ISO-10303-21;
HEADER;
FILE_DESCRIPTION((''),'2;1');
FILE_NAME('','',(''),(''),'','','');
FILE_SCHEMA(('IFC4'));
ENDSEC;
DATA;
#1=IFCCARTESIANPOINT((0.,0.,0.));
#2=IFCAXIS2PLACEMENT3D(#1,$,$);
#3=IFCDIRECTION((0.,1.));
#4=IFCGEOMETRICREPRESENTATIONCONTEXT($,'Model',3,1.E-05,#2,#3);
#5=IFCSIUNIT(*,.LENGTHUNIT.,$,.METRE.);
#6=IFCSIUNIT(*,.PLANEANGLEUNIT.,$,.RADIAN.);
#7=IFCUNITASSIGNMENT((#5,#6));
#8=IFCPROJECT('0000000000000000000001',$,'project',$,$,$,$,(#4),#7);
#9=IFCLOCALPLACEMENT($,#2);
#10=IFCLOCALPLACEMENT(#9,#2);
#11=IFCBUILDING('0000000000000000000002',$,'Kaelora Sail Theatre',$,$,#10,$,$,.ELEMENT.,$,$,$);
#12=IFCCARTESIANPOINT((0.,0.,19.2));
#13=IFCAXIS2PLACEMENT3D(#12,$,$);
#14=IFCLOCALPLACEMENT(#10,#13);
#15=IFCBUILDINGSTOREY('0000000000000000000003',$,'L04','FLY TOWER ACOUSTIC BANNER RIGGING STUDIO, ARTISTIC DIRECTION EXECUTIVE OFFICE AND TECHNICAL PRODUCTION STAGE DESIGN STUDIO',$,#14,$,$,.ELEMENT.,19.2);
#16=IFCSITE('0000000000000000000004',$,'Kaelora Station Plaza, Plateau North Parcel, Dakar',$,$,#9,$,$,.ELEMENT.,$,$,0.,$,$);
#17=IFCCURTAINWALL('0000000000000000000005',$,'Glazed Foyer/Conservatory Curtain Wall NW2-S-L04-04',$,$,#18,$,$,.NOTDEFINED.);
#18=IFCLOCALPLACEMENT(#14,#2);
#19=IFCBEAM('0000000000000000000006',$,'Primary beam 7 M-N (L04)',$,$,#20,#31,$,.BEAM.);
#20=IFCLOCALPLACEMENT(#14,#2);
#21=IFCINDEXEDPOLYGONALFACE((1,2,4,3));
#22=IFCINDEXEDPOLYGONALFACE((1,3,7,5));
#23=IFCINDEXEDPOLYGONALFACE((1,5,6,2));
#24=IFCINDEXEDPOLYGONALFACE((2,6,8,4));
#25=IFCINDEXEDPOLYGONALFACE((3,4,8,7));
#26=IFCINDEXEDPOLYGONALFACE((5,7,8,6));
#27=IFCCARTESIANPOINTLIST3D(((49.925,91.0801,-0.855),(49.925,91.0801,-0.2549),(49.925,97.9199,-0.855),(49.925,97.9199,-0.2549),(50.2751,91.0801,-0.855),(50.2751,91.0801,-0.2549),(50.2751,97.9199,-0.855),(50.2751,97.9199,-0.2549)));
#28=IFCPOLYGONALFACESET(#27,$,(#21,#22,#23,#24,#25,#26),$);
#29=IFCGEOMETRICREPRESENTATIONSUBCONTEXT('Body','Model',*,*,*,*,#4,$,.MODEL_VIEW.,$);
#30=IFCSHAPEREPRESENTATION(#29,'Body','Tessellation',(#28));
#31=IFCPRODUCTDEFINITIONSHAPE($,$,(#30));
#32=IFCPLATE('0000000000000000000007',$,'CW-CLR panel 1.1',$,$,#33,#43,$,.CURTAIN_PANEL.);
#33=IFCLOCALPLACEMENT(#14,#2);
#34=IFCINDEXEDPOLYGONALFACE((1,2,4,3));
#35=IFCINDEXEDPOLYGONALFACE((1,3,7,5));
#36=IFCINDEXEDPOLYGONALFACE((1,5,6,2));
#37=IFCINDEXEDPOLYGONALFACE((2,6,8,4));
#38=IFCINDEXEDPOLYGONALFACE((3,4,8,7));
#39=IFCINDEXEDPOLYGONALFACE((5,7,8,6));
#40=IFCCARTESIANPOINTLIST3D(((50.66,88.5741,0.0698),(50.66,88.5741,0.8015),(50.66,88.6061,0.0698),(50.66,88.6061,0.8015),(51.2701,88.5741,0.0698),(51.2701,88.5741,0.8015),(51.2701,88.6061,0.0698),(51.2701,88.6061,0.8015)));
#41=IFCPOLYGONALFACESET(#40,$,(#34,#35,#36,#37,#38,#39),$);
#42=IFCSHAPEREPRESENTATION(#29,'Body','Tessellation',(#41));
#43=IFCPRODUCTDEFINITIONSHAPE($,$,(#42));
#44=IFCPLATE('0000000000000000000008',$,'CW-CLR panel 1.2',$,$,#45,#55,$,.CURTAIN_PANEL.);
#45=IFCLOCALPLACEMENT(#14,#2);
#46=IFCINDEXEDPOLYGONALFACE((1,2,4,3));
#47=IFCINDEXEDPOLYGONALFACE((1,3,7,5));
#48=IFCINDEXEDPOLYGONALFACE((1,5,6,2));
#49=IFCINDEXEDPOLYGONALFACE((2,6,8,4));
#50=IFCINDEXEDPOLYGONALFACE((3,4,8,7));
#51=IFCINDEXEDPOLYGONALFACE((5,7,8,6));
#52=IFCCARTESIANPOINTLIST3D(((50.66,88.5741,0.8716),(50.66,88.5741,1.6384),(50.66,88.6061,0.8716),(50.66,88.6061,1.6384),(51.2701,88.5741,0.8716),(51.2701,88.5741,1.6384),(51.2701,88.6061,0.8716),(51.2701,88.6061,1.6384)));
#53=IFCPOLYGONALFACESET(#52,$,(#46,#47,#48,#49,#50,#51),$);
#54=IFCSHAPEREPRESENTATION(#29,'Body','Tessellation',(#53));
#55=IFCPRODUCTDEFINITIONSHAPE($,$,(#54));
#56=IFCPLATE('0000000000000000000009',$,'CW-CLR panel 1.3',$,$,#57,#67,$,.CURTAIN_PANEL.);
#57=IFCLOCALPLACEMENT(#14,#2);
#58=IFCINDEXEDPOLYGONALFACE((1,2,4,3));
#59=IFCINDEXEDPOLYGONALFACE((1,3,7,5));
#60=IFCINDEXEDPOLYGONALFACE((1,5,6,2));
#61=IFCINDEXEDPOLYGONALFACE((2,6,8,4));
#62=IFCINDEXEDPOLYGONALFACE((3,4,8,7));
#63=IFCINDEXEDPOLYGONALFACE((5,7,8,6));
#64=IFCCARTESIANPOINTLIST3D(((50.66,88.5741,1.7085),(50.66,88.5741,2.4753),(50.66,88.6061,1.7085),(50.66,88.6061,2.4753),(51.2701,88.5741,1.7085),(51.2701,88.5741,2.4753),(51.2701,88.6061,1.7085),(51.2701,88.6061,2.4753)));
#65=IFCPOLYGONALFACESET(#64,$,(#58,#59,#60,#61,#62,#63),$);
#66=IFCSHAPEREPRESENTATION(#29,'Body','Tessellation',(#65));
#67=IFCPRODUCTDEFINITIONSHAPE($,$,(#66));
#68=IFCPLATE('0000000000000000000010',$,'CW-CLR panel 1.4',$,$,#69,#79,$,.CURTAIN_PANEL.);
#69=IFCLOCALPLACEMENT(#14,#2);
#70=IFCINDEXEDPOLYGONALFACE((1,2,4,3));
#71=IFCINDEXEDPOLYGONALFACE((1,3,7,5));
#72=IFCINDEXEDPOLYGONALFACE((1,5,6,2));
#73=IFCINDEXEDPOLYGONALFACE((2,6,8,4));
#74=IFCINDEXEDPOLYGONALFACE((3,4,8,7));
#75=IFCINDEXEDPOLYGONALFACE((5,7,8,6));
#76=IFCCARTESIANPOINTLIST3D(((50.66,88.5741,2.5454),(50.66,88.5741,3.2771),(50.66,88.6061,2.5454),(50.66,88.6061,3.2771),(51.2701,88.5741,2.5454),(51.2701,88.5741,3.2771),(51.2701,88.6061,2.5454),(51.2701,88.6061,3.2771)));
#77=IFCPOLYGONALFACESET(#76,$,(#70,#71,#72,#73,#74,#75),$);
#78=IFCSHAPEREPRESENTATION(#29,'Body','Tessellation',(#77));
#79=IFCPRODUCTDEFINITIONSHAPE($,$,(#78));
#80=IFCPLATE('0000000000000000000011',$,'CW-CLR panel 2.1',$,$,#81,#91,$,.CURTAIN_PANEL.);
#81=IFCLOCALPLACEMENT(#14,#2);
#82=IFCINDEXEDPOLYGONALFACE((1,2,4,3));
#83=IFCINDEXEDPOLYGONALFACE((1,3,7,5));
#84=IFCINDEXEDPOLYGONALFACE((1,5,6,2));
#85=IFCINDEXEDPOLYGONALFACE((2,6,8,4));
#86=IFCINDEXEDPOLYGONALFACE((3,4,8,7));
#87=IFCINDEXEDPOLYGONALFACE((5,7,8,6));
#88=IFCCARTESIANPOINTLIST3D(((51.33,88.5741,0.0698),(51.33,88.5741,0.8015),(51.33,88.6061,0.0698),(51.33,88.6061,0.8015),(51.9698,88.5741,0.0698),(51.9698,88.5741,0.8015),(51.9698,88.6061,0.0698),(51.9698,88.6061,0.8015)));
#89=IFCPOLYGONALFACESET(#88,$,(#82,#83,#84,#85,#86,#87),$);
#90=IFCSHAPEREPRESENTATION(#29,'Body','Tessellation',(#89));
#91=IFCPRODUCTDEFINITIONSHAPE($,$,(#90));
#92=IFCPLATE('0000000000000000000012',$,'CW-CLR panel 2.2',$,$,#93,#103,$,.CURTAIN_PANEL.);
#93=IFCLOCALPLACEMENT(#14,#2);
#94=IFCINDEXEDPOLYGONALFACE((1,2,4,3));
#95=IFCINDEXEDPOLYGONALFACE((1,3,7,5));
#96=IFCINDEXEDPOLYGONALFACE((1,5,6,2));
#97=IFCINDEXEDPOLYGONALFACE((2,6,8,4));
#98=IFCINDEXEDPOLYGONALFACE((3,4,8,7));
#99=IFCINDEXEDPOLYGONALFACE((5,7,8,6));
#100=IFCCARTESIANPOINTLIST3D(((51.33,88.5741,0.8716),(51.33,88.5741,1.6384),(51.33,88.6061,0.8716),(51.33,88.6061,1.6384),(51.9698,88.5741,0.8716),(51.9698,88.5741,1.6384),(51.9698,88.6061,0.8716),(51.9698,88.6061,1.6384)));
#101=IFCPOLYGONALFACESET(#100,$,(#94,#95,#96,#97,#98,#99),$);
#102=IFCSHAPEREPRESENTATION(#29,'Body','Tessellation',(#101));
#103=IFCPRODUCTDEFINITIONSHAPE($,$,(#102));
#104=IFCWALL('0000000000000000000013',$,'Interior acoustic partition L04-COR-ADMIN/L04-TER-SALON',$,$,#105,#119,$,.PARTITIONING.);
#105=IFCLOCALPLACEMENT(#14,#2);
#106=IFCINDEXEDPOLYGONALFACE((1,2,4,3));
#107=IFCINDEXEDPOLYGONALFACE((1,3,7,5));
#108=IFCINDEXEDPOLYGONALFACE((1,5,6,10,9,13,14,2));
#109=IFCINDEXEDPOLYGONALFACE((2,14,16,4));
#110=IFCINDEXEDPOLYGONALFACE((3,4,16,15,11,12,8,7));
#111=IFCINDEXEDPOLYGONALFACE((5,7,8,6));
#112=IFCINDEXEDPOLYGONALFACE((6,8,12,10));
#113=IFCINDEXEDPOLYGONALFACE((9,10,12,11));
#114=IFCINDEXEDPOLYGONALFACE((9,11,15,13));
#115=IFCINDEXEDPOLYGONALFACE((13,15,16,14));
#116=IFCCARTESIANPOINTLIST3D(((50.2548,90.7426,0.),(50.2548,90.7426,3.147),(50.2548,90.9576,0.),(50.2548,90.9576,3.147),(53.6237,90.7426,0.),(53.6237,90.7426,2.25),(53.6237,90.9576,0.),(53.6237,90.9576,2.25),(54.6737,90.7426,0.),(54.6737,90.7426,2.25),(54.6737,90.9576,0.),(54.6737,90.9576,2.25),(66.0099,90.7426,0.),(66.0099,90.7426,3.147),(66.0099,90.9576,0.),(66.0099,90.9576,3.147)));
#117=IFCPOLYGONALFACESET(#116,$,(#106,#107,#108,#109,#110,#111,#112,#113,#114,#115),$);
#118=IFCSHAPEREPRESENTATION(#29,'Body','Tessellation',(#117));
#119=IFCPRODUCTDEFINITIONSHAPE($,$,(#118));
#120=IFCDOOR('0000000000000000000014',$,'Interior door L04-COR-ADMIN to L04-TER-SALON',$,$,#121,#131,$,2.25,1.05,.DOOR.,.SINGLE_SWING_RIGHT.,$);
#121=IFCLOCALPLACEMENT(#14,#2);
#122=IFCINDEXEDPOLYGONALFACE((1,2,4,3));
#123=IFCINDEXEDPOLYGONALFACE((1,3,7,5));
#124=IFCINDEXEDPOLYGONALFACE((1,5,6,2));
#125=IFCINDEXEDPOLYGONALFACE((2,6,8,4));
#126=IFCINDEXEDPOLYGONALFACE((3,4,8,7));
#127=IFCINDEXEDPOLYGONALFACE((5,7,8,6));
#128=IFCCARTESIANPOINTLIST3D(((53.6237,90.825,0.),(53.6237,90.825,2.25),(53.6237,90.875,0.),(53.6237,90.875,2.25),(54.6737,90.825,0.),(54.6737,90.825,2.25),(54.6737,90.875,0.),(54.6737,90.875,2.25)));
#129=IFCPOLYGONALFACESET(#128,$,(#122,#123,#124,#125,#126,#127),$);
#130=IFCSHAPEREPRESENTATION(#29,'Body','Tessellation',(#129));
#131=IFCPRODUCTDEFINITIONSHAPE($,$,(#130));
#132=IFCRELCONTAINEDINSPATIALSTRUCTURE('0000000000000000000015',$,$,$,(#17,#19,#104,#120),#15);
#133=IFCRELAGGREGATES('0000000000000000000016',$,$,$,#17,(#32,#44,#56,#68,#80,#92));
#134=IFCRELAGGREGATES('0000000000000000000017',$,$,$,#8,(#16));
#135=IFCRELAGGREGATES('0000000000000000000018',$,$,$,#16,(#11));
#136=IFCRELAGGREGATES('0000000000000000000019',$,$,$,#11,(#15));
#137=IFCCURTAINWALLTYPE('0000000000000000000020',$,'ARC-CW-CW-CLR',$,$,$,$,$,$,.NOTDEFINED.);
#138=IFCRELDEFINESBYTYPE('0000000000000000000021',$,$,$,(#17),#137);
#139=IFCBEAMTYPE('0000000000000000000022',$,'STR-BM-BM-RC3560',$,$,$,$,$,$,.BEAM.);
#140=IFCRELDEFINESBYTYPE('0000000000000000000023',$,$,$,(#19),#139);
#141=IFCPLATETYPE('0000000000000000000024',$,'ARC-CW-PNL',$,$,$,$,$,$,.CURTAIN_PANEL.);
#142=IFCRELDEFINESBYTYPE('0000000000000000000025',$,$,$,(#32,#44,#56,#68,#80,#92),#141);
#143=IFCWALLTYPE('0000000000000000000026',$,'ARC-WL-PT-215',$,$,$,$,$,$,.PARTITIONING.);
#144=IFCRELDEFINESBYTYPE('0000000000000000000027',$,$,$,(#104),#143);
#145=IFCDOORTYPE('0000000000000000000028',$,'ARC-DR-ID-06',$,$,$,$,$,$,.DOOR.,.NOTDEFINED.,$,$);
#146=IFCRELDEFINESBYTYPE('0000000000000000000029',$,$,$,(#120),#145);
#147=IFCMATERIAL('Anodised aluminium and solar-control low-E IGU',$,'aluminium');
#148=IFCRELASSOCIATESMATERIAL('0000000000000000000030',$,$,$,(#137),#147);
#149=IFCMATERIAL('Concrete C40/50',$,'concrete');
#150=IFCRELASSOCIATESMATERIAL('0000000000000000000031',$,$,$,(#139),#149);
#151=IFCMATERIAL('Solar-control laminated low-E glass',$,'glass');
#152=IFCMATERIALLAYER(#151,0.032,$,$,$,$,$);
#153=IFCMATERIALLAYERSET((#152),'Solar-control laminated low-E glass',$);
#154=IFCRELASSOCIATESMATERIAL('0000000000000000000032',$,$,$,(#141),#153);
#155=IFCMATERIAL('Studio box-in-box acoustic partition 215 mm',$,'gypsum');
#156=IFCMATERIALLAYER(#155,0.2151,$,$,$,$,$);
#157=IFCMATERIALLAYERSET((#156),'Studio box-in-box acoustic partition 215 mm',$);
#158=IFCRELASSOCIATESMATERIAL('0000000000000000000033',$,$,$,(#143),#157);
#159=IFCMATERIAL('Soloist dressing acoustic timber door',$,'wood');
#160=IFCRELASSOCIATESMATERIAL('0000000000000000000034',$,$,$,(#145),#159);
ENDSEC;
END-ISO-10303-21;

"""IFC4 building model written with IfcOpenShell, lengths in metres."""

from ifc_helpers import new_model, si_unit, direction, frame, frame_2d, origin, origin_2d, place, context, subcontext, project, spatial, rectangle, extrude, material, layer, layer_set, material_profile, profile_set, type_object, element, fill, aggregate, save


model = new_model("IFC4")

# Units and contexts
model_context = context("Model", 3, precision=1e-05, world=origin(), true_north=direction((0.0, 1.0)))
body_context = subcontext(model_context, "Body", "Model", "MODEL_VIEW")
ifc_project = project(units=[si_unit("LENGTHUNIT", "METRE"), si_unit("PLANEANGLEUNIT", "RADIAN")], contexts=[model_context])

# Site, building, storey
site_placement = place(None, origin())
site = spatial("IfcSite", under=ifc_project, at=site_placement, Name="Kaelora Station Plaza, Plateau North Parcel, Dakar", CompositionType="ELEMENT", RefElevation=0.0)
building_placement = place(site_placement, origin())
building = spatial("IfcBuilding", under=site, at=building_placement, Name="Kaelora Sail Theatre", CompositionType="ELEMENT")
storey_placement = place(building_placement, frame((0.0, 0.0, 19.2)))
storey = spatial("IfcBuildingStorey", under=building, at=storey_placement, Name="L04", Description="FLY TOWER ACOUSTIC BANNER RIGGING STUDIO, ARTISTIC DIRECTION EXECUTIVE OFFICE AND TECHNICAL PRODUCTION STAGE DESIGN STUDIO", CompositionType="ELEMENT", Elevation=19.2)

# Curtain wall
ifc_material_1 = material(Name="Anodised aluminium and solar-control low-E IGU", Category="aluminium")
curtain_wall_type = type_object("IfcCurtainWallType", Name="ARC-CW-CW-CLR", PredefinedType="NOTDEFINED", material=ifc_material_1)
curtain_wall_placement = place(storey_placement, origin())
curtain_wall = element("IfcCurtainWall", 1, at=curtain_wall_placement, inside=storey, type_object=curtain_wall_type, Name="Glazed Foyer/Conservatory Curtain Wall NW2-S-L04-04", PredefinedType="NOTDEFINED")

# Beam
ifc_material_2 = material(Name="Concrete C40/50", Category="concrete")
ifc_material_profile_1 = material_profile(ifc_material_2, rectangle(XDim=0.3501, YDim=0.6001, at=origin_2d()), Name="RC-BM 350x600")
ifc_profile_set_1 = profile_set([ifc_material_profile_1], Name="Concrete C40/50")
beam_type_1 = type_object("IfcBeamType", Name="STR-BM-BM-RC3560", PredefinedType="BEAM", material=ifc_profile_set_1)
beam_1_placement = place(storey_placement, frame((50.1001, 91.0801, -0.5549), z_axis=(0.0, 1.0, 0.0), x_axis=(-1.0, 0.0, 0.0)))
element("IfcBeam", 2, at=beam_1_placement, inside=storey, type_object=beam_type_1, Name="Primary beam 7 M-N (L04)", PredefinedType="BEAM", context=body_context, shape_type="SweptSolid", body=[
    extrude(rectangle(XDim=0.3501, YDim=0.6001, at=origin_2d()), origin(), (0.0, 0.0, 1.0), 6.8398),
])

# Plates
ifc_material_3 = material(Name="Solar-control laminated low-E glass", Category="glass")
ifc_layer_1 = layer(ifc_material_3, 0.032)
ifc_layer_set_1 = layer_set([ifc_layer_1], Name="Solar-control laminated low-E glass")
plate_type = type_object("IfcPlateType", Name="ARC-CW-PNL", PredefinedType="CURTAIN_PANEL", material=ifc_layer_set_1)
plate_1_placement = place(storey_placement, frame((50.9651, 88.5901, 0.0698), z_axis=(0.0, 0.0, 1.0), x_axis=(1.0, 0.0, 0.0)))
plate_1 = element("IfcPlate", 3, at=plate_1_placement, type_object=plate_type, Name="CW-CLR panel 1.1", PredefinedType="CURTAIN_PANEL", context=body_context, shape_type="SweptSolid", body=[
    extrude(rectangle(XDim=0.6101, YDim=0.032, at=origin_2d()), origin(), (0.0, 0.0, 1.0), 0.7317),
])
plate_2_placement = place(storey_placement, frame((50.9651, 88.5901, 0.8716), z_axis=(0.0, 0.0, 1.0), x_axis=(1.0, 0.0, 0.0)))
plate_2 = element("IfcPlate", 4, at=plate_2_placement, type_object=plate_type, Name="CW-CLR panel 1.2", PredefinedType="CURTAIN_PANEL", context=body_context, shape_type="SweptSolid", body=[
    extrude(rectangle(XDim=0.6101, YDim=0.032, at=origin_2d()), origin(), (0.0, 0.0, 1.0), 0.7668),
])
plate_3_placement = place(storey_placement, frame((50.9651, 88.5901, 1.7085), z_axis=(0.0, 0.0, 1.0), x_axis=(1.0, 0.0, 0.0)))
plate_3 = element("IfcPlate", 5, at=plate_3_placement, type_object=plate_type, Name="CW-CLR panel 1.3", PredefinedType="CURTAIN_PANEL", context=body_context, shape_type="SweptSolid", body=[
    extrude(rectangle(XDim=0.6101, YDim=0.032, at=origin_2d()), origin(), (0.0, 0.0, 1.0), 0.7668),
])
plate_4_placement = place(storey_placement, frame((50.9651, 88.5901, 2.5454), z_axis=(0.0, 0.0, 1.0), x_axis=(1.0, 0.0, 0.0)))
plate_4 = element("IfcPlate", 6, at=plate_4_placement, type_object=plate_type, Name="CW-CLR panel 1.4", PredefinedType="CURTAIN_PANEL", context=body_context, shape_type="SweptSolid", body=[
    extrude(rectangle(XDim=0.6101, YDim=0.032, at=origin_2d()), origin(), (0.0, 0.0, 1.0), 0.7317),
])
plate_5_placement = place(storey_placement, frame((51.6499, 88.5901, 0.0698), z_axis=(0.0, 0.0, 1.0), x_axis=(1.0, 0.0, 0.0)))
plate_5 = element("IfcPlate", 7, at=plate_5_placement, type_object=plate_type, Name="CW-CLR panel 2.1", PredefinedType="CURTAIN_PANEL", context=body_context, shape_type="SweptSolid", body=[
    extrude(rectangle(XDim=0.6399, YDim=0.032, at=origin_2d()), origin(), (0.0, 0.0, 1.0), 0.7317),
])
plate_6_placement = place(storey_placement, frame((51.6499, 88.5901, 0.8716), z_axis=(0.0, 0.0, 1.0), x_axis=(1.0, 0.0, 0.0)))
plate_6 = element("IfcPlate", 8, at=plate_6_placement, type_object=plate_type, Name="CW-CLR panel 2.2", PredefinedType="CURTAIN_PANEL", context=body_context, shape_type="SweptSolid", body=[
    extrude(rectangle(XDim=0.6399, YDim=0.032, at=origin_2d()), origin(), (0.0, 0.0, 1.0), 0.7668),
])
aggregate(curtain_wall, [plate_1, plate_2, plate_3, plate_4, plate_5, plate_6])

# Wall, opening, door
ifc_material_4 = material(Name="Studio box-in-box acoustic partition 215 mm", Category="gypsum")
ifc_layer_2 = layer(ifc_material_4, 0.2151)
ifc_layer_set_2 = layer_set([ifc_layer_2], Name="Studio box-in-box acoustic partition 215 mm")
wall_type = type_object("IfcWallType", Name="ARC-WL-PT-215", PredefinedType="PARTITIONING", material=ifc_layer_set_2)
wall_placement = place(storey_placement, frame((50.2549, 90.8501, 0.0), z_axis=(0.0, 0.0, 1.0), x_axis=(1.0, 0.0, 0.0)))
wall = element("IfcWall", 9, at=wall_placement, inside=storey, type_object=wall_type, Name="Interior acoustic partition L04-COR-ADMIN/L04-TER-SALON", PredefinedType="PARTITIONING", context=body_context, shape_type="SweptSolid", body=[
    extrude(rectangle(XDim=15.7551, YDim=0.2151, at=frame_2d((7.8774, 0.0))), origin(), (0.0, 0.0, 1.0), 3.147),
])
opening_placement = place(wall_placement, frame((3.3689, 0.0, 0.0)))
opening = element("IfcOpeningElement", 10, at=opening_placement, cuts=wall, PredefinedType="OPENING", context=body_context, shape_type="SweptSolid", body=[
    extrude(rectangle(XDim=1.05, YDim=2.25, at=frame_2d((0.5249, 1.125))), frame((0.0, 0.1174, 0.0), z_axis=(0.0, -1.0, 0.0), x_axis=(1.0, 0.0, 0.0)), (0.0, 0.0, 1.0), 0.2351),
])
ifc_material_5 = material(Name="Soloist dressing acoustic timber door", Category="wood")
door_type = type_object("IfcDoorType", Name="ARC-DR-ID-06", OperationType="NOTDEFINED", PredefinedType="DOOR", material=ifc_material_5)
door_placement = place(opening_placement, origin())
door = element("IfcDoor", 11, at=door_placement, inside=storey, type_object=door_type, Name="Interior door L04-COR-ADMIN to L04-TER-SALON", OperationType="SINGLE_SWING_RIGHT", OverallHeight=2.25, OverallWidth=1.05, PredefinedType="DOOR", context=body_context, shape_type="SweptSolid", body=[
    extrude(rectangle(XDim=1.05, YDim=2.25, at=frame_2d((0.5249, 1.125))), frame((0.0, 0.0249, 0.0), z_axis=(0.0, -1.0, 0.0), x_axis=(1.0, 0.0, 0.0)), (0.0, 0.0, 1.0), 0.05),
])
fill(opening, door)

save(model, "model.ifc")
